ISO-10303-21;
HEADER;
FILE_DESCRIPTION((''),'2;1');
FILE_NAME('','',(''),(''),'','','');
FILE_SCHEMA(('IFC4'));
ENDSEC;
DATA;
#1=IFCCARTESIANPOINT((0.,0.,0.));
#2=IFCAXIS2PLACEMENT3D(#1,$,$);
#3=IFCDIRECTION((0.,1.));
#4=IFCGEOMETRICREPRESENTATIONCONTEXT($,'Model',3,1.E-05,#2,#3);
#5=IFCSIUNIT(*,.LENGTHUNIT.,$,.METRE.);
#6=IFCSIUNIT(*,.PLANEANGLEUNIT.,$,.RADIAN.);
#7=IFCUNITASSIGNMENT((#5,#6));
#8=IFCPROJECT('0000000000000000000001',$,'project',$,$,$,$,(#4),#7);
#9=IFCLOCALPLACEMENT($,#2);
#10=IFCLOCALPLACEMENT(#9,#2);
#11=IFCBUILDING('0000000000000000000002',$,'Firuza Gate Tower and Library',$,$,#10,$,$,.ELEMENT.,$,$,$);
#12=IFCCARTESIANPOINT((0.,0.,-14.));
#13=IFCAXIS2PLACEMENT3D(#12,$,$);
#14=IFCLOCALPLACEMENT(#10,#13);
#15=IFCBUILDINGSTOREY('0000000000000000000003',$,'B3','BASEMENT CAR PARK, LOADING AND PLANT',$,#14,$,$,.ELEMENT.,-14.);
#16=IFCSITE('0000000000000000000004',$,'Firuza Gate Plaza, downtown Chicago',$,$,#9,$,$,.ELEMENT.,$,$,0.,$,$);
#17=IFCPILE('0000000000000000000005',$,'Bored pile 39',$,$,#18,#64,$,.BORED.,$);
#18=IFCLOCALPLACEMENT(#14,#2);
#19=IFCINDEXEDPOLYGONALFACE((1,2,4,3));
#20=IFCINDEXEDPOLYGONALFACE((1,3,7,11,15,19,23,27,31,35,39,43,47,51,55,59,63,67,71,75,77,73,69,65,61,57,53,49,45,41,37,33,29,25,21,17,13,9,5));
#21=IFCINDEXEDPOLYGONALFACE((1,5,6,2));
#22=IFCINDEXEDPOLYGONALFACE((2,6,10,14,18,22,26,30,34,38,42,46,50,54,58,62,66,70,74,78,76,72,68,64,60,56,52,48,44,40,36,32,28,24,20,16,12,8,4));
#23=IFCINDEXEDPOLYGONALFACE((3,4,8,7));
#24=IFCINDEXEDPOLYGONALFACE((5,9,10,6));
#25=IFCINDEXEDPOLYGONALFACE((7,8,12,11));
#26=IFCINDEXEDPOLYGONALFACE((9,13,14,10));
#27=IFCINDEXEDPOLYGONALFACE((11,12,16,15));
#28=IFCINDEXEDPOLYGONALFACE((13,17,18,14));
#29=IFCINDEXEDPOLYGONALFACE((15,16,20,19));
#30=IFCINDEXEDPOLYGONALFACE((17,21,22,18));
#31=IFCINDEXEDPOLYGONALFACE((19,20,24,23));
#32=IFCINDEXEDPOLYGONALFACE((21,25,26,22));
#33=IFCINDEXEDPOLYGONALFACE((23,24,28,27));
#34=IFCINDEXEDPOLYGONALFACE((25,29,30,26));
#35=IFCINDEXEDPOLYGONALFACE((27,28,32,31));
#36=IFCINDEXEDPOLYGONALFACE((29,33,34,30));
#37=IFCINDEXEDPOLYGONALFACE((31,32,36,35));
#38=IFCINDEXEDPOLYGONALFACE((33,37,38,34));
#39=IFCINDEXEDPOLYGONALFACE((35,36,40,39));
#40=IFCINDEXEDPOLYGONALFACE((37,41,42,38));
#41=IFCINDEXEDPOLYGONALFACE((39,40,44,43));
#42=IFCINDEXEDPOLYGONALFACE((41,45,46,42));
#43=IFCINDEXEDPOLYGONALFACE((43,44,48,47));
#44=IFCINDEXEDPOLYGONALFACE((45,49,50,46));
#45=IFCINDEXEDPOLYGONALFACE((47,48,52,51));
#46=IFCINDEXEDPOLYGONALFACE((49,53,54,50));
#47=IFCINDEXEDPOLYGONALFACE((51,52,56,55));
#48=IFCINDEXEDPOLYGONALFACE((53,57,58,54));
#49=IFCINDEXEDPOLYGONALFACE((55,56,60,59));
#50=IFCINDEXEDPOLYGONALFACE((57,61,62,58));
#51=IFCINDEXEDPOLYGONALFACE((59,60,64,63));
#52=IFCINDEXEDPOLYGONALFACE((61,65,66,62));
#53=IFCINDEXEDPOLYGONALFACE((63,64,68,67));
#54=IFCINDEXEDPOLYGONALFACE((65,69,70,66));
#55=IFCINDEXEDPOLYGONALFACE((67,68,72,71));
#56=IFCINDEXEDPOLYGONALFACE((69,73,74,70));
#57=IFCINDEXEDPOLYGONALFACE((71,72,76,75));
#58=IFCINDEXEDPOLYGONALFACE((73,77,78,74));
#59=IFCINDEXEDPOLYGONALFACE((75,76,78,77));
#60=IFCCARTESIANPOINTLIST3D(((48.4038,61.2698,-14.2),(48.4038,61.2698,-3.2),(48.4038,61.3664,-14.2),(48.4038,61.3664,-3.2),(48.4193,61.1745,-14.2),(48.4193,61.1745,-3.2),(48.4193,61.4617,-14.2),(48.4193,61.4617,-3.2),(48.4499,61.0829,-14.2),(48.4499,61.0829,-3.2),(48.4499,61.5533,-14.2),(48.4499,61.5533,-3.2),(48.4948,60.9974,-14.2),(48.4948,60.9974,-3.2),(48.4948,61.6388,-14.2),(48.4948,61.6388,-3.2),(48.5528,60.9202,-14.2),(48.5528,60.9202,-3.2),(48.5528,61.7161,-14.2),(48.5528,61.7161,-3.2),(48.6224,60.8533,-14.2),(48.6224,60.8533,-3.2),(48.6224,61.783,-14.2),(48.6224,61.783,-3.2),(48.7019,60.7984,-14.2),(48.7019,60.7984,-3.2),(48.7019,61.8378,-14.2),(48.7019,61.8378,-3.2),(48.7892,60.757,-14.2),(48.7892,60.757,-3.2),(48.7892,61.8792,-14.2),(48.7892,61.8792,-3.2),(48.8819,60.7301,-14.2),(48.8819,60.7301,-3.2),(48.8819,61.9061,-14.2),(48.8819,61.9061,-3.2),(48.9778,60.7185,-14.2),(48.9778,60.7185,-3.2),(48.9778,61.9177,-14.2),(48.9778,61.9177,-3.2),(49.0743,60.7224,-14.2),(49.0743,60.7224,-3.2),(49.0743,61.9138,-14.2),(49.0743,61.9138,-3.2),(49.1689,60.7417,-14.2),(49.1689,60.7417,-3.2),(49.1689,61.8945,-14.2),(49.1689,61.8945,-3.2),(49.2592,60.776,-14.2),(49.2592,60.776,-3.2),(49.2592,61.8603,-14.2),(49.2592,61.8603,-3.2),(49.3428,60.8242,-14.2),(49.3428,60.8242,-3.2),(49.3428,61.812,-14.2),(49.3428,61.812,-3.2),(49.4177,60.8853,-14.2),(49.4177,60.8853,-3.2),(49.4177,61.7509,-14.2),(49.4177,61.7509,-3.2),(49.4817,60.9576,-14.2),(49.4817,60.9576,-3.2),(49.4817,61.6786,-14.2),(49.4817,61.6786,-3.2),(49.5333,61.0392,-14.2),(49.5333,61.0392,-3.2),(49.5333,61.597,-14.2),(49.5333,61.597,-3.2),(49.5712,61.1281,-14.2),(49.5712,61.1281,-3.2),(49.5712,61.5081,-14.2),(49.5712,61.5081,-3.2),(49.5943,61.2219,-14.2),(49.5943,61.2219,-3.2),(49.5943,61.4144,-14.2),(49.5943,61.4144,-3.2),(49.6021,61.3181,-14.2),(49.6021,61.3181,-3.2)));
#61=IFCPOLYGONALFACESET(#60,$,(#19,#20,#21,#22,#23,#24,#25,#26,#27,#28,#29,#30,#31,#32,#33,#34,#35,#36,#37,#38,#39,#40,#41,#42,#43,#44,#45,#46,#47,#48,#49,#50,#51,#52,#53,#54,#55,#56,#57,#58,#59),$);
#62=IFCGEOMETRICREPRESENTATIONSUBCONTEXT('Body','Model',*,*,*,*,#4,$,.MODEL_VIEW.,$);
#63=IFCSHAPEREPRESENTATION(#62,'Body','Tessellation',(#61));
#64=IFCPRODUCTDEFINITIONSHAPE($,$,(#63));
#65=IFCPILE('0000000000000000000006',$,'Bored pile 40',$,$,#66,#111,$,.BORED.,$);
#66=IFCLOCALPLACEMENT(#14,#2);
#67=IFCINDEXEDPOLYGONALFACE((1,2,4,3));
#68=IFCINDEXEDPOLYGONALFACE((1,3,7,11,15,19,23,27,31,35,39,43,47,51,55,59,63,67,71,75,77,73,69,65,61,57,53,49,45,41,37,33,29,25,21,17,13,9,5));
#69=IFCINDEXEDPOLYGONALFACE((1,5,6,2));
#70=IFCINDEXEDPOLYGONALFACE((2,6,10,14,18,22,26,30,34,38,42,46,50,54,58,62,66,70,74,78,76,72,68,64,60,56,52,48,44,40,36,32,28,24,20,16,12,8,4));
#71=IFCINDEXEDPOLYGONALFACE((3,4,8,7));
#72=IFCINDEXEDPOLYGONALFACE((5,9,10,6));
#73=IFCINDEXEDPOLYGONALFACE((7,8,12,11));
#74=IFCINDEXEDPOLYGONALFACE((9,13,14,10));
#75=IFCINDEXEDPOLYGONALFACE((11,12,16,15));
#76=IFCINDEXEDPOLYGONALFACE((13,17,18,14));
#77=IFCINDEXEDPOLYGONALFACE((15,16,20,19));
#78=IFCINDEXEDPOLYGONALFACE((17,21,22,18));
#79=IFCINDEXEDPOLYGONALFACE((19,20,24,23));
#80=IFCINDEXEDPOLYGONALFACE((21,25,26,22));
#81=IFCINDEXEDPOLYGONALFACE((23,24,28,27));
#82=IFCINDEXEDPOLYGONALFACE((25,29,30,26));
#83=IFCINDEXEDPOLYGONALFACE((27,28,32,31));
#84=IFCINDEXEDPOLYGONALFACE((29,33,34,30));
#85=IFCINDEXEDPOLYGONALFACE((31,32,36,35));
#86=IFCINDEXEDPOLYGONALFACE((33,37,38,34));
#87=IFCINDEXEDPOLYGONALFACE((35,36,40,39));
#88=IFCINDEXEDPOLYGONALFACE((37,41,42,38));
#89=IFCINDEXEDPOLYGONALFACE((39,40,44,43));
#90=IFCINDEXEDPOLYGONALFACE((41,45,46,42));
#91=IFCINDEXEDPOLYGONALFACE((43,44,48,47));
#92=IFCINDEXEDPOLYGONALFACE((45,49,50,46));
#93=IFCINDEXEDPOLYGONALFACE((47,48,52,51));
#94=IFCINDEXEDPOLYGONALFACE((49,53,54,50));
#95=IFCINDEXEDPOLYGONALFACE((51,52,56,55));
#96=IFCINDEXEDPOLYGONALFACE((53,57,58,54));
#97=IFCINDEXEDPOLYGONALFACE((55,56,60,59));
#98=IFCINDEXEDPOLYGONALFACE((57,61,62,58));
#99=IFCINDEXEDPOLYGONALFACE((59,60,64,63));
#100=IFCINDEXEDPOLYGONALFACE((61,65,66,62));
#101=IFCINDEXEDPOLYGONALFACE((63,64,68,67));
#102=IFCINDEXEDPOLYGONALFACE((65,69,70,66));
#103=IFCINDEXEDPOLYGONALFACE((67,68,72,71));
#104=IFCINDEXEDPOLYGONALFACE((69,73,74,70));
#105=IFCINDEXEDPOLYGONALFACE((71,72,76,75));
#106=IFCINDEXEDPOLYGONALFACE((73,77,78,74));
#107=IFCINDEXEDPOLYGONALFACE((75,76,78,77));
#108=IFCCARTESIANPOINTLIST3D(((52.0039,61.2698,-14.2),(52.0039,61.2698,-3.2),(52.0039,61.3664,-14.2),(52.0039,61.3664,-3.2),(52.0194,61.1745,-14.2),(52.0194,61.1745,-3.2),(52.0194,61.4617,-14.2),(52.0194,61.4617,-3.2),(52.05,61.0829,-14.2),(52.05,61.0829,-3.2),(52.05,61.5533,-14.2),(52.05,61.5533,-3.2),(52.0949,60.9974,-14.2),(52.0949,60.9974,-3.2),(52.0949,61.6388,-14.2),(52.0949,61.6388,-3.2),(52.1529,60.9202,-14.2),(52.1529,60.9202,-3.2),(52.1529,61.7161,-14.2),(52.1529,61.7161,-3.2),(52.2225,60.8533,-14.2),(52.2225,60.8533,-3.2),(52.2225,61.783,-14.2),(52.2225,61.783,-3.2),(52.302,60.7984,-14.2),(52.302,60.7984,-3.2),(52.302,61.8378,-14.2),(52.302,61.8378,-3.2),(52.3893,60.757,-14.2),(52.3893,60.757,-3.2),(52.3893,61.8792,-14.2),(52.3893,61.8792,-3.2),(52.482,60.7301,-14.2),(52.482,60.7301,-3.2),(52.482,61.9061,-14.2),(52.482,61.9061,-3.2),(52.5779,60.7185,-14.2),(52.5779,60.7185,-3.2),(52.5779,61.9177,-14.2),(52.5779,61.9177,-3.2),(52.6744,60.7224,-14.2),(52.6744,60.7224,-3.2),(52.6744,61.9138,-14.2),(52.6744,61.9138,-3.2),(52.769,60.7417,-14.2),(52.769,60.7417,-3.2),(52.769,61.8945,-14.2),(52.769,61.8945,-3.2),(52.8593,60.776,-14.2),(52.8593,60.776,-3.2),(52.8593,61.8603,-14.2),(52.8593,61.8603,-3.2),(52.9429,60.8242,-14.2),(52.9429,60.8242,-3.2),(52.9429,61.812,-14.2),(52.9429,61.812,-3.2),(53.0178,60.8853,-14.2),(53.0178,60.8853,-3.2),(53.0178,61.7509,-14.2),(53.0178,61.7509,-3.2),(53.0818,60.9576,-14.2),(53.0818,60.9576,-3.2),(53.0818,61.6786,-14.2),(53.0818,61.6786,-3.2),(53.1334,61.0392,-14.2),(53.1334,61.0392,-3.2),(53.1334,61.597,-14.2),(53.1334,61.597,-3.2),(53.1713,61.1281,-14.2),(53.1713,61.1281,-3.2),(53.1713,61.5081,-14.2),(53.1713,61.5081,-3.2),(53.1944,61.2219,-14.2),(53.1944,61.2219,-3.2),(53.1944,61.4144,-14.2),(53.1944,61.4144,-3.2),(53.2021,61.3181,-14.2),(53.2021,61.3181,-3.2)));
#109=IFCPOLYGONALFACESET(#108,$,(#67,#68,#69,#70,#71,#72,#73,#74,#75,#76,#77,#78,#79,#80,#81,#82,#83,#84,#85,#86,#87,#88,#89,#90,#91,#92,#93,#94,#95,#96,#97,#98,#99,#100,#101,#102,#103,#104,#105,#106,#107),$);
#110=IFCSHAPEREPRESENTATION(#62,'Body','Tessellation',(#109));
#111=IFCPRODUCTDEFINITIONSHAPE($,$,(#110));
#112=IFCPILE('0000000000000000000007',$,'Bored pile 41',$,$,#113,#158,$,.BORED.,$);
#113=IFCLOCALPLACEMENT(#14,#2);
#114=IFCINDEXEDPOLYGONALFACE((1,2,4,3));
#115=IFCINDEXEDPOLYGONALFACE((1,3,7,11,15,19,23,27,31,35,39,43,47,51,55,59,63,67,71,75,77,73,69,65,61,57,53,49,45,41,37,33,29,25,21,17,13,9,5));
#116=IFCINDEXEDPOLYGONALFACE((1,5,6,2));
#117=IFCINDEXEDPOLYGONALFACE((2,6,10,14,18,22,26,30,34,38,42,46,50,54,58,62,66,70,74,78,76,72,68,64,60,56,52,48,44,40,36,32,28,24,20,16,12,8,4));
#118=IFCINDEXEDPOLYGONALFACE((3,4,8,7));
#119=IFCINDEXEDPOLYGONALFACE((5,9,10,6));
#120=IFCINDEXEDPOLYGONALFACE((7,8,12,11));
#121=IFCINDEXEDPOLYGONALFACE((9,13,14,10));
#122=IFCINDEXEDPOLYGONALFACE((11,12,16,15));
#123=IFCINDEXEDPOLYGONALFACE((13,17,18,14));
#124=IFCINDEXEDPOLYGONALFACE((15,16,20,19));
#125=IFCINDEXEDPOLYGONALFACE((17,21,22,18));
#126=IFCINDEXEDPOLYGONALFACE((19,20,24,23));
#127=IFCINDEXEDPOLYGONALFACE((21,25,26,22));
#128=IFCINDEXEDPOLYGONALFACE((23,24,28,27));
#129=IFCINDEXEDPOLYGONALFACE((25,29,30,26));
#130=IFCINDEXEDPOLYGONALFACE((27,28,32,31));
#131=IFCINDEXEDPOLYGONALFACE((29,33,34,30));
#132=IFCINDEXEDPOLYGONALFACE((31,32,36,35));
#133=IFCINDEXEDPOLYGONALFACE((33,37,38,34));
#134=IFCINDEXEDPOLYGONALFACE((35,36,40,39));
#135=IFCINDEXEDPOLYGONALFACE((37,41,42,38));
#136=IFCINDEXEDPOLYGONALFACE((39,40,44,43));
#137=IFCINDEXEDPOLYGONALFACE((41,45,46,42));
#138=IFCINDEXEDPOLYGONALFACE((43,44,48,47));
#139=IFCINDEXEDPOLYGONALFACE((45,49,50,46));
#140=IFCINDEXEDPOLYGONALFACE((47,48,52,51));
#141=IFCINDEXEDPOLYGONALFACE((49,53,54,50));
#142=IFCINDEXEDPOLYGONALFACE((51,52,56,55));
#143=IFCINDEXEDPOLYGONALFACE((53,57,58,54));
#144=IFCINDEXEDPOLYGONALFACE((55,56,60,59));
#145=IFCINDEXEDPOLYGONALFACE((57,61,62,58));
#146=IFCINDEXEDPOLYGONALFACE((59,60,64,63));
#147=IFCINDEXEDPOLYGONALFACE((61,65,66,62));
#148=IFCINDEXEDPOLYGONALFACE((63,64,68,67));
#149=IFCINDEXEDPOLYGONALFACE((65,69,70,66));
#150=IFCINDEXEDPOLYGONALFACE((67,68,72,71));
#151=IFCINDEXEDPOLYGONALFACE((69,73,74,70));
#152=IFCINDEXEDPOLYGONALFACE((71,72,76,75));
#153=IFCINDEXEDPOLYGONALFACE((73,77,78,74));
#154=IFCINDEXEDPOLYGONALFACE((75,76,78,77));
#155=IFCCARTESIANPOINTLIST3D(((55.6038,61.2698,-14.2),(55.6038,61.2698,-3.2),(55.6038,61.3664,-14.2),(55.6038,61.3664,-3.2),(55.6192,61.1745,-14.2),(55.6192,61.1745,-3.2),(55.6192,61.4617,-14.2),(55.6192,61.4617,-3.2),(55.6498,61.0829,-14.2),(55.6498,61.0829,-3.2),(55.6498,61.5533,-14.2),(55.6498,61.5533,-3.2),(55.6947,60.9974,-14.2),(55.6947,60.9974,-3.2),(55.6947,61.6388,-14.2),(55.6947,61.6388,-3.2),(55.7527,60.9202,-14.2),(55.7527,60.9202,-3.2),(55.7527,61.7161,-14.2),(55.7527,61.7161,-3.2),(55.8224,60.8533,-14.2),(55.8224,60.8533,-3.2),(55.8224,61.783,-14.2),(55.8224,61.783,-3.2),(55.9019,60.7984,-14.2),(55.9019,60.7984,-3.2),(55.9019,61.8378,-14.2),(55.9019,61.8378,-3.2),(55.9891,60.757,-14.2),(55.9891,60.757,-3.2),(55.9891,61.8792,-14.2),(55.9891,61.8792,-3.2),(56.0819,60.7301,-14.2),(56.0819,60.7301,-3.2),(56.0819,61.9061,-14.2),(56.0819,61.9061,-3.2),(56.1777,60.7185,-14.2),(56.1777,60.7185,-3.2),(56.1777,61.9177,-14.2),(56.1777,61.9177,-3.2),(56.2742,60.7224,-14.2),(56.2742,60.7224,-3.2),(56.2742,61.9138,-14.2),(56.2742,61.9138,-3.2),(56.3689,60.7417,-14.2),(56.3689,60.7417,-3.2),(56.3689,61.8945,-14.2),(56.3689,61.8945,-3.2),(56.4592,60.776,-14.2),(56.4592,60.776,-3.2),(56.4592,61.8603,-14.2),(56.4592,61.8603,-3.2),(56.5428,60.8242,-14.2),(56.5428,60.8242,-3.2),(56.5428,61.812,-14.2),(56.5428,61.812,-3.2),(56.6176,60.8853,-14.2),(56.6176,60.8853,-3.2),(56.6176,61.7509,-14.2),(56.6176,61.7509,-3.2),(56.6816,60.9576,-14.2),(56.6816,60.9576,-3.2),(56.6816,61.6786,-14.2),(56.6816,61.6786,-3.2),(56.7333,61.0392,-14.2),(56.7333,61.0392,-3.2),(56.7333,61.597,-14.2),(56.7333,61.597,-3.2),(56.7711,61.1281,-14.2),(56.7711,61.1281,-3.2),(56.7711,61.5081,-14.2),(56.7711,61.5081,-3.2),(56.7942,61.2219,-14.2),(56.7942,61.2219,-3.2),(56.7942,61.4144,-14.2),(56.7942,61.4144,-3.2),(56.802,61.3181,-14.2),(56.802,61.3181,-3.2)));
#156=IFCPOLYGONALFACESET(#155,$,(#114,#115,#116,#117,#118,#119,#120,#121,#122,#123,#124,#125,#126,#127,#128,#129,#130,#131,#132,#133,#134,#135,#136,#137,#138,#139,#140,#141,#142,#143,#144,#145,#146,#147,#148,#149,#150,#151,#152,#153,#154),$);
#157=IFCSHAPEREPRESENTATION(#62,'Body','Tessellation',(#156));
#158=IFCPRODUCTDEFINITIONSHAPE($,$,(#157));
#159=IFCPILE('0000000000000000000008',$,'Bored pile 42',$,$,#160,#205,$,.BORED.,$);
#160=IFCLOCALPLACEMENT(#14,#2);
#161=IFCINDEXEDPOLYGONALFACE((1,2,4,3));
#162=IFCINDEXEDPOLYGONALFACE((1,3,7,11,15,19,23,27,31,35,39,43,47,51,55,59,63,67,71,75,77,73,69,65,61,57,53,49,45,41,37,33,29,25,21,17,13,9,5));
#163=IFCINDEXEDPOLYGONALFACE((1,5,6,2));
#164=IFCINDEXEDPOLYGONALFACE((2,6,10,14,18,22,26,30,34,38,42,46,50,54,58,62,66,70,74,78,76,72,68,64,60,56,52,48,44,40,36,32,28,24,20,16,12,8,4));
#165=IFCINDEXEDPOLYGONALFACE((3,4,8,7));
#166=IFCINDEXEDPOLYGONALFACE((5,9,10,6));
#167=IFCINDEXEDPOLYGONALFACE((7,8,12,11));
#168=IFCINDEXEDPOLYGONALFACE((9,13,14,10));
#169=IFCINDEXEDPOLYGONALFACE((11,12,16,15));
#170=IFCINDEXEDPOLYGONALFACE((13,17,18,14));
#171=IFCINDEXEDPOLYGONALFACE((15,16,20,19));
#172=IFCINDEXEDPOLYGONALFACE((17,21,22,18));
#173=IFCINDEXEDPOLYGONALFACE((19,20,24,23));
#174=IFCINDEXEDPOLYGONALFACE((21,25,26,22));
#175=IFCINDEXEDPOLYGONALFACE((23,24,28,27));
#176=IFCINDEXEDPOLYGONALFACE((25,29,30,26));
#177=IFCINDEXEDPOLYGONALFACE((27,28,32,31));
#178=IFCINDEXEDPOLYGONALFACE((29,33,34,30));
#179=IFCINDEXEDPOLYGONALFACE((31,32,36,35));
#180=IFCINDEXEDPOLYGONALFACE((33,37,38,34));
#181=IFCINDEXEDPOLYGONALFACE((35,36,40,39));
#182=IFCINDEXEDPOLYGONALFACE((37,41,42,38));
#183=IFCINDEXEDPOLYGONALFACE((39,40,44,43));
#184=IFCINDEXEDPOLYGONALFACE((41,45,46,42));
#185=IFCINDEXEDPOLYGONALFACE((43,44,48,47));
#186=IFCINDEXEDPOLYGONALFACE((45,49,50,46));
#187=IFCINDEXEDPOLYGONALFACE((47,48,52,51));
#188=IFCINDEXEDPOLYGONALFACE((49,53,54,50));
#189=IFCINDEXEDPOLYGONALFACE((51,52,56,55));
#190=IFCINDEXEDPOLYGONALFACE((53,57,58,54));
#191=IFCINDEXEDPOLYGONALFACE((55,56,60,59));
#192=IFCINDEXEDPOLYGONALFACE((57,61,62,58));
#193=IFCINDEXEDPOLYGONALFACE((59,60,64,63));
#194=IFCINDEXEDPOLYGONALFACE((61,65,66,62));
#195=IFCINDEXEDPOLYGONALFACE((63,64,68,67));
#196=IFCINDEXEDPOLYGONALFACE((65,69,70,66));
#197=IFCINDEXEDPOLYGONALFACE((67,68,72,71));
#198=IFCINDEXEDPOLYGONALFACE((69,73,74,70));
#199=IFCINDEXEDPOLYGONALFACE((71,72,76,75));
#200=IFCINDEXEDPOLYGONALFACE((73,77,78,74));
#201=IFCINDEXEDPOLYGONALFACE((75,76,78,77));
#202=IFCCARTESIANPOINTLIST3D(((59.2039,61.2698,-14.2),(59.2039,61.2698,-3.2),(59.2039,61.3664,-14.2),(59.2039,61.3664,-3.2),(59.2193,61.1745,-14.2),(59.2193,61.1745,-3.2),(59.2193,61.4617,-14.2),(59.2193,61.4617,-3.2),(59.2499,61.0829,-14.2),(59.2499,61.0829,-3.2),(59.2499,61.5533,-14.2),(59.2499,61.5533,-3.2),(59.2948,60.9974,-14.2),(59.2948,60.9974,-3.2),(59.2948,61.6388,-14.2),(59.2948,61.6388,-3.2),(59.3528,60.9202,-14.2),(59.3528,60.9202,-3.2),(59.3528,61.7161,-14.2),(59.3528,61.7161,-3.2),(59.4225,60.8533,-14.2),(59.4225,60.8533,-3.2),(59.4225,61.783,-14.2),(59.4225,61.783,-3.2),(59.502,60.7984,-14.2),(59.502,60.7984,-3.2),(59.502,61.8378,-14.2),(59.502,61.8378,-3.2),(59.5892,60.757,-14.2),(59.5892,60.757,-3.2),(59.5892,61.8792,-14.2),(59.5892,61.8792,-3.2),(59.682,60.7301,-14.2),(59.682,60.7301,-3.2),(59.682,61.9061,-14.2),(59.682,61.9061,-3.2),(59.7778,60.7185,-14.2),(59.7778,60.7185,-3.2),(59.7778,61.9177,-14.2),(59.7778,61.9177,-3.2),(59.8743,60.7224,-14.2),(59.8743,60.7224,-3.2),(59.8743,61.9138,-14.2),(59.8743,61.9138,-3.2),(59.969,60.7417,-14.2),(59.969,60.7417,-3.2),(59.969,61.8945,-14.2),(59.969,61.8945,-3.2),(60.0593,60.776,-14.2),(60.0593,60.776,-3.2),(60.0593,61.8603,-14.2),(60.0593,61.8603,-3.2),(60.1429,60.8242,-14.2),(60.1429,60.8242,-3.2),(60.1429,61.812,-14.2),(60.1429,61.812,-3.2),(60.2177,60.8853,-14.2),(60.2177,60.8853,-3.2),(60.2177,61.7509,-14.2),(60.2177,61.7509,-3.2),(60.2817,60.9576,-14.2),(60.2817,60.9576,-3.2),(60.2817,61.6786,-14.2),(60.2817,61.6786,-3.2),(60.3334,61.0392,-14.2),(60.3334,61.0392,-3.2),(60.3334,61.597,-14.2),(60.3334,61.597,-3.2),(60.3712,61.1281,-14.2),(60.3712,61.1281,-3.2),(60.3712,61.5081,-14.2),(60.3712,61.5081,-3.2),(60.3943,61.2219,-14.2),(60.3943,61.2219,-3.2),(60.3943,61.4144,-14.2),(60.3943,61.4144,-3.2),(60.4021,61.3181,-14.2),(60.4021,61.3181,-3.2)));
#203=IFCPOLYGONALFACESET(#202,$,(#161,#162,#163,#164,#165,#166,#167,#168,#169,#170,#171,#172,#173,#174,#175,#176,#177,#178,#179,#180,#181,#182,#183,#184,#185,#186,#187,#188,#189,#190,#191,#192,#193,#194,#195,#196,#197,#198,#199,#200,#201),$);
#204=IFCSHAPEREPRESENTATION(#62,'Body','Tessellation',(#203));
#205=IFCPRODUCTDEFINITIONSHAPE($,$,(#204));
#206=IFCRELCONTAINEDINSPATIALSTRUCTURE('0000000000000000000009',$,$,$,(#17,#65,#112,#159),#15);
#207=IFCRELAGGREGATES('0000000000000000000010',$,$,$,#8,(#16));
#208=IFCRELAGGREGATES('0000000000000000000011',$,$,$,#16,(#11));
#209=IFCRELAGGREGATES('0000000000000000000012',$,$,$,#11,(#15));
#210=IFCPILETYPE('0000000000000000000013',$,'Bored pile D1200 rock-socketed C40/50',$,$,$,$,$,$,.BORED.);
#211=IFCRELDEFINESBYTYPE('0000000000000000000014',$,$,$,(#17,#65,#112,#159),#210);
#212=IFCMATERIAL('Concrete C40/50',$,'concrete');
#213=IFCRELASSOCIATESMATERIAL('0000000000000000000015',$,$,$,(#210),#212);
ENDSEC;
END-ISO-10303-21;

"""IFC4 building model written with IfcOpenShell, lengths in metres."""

from ifc_helpers import new_model, si_unit, direction, frame, origin, origin_2d, place, context, subcontext, project, spatial, circle, extrude, material, material_profile, profile_set, type_object, element, save


model = new_model("IFC4")

# Units and contexts
model_context = context("Model", 3, precision=1e-05, world=origin(), true_north=direction((0.0, 1.0)))
body_context = subcontext(model_context, "Body", "Model", "MODEL_VIEW")
ifc_project = project(units=[si_unit("LENGTHUNIT", "METRE"), si_unit("PLANEANGLEUNIT", "RADIAN")], contexts=[model_context])

# Site, building, storey
site_placement = place(None, origin())
site = spatial("IfcSite", under=ifc_project, at=site_placement, Name="Firuza Gate Plaza, downtown Chicago", CompositionType="ELEMENT", RefElevation=0.0)
building_placement = place(site_placement, origin())
building = spatial("IfcBuilding", under=site, at=building_placement, Name="Firuza Gate Tower and Library", CompositionType="ELEMENT")
storey_placement = place(building_placement, frame((0.0, 0.0, -14.0)))
storey = spatial("IfcBuildingStorey", under=building, at=storey_placement, Name="B3", Description="BASEMENT CAR PARK, LOADING AND PLANT", CompositionType="ELEMENT", Elevation=-14.0)

# Piles
ifc_material_1 = material(Name="Concrete C40/50", Category="concrete")
ifc_material_profile_1 = material_profile(ifc_material_1, circle(Radius=0.6001, at=origin_2d()))
ifc_profile_set_1 = profile_set([ifc_material_profile_1], Name="Concrete C40/50")
pile_type = type_object("IfcPileType", Name="Bored pile D1200 rock-socketed C40/50", PredefinedType="BORED", material=ifc_profile_set_1)
for number, where, z_axis, x_axis, name in (
    (1, (49.002, 61.3181, -3.2), (0.0, 0.0, -1.0), (1.0, 0.0, 0.0), "Bored pile 39"),
    (2, (52.6021, 61.3181, -3.2), (0.0, 0.0, -1.0), (1.0, 0.0, 0.0), "Bored pile 40"),
    (3, (56.2019, 61.3181, -3.2), (0.0, 0.0, -1.0), (1.0, 0.0, 0.0), "Bored pile 41"),
    (4, (59.802, 61.3181, -3.2), (0.0, 0.0, -1.0), (1.0, 0.0, 0.0), "Bored pile 42"),
):
    element("IfcPile", number, at=place(storey_placement, frame(where, z_axis=z_axis, x_axis=x_axis)), inside=storey, type_object=pile_type, Name=name, PredefinedType="BORED", context=body_context, shape_type="SweptSolid", body=[
        extrude(circle(Radius=0.6001, at=origin_2d()), origin(), (0.0, 0.0, 1.0), 11.0),
    ])

save(model, "model.ifc")
